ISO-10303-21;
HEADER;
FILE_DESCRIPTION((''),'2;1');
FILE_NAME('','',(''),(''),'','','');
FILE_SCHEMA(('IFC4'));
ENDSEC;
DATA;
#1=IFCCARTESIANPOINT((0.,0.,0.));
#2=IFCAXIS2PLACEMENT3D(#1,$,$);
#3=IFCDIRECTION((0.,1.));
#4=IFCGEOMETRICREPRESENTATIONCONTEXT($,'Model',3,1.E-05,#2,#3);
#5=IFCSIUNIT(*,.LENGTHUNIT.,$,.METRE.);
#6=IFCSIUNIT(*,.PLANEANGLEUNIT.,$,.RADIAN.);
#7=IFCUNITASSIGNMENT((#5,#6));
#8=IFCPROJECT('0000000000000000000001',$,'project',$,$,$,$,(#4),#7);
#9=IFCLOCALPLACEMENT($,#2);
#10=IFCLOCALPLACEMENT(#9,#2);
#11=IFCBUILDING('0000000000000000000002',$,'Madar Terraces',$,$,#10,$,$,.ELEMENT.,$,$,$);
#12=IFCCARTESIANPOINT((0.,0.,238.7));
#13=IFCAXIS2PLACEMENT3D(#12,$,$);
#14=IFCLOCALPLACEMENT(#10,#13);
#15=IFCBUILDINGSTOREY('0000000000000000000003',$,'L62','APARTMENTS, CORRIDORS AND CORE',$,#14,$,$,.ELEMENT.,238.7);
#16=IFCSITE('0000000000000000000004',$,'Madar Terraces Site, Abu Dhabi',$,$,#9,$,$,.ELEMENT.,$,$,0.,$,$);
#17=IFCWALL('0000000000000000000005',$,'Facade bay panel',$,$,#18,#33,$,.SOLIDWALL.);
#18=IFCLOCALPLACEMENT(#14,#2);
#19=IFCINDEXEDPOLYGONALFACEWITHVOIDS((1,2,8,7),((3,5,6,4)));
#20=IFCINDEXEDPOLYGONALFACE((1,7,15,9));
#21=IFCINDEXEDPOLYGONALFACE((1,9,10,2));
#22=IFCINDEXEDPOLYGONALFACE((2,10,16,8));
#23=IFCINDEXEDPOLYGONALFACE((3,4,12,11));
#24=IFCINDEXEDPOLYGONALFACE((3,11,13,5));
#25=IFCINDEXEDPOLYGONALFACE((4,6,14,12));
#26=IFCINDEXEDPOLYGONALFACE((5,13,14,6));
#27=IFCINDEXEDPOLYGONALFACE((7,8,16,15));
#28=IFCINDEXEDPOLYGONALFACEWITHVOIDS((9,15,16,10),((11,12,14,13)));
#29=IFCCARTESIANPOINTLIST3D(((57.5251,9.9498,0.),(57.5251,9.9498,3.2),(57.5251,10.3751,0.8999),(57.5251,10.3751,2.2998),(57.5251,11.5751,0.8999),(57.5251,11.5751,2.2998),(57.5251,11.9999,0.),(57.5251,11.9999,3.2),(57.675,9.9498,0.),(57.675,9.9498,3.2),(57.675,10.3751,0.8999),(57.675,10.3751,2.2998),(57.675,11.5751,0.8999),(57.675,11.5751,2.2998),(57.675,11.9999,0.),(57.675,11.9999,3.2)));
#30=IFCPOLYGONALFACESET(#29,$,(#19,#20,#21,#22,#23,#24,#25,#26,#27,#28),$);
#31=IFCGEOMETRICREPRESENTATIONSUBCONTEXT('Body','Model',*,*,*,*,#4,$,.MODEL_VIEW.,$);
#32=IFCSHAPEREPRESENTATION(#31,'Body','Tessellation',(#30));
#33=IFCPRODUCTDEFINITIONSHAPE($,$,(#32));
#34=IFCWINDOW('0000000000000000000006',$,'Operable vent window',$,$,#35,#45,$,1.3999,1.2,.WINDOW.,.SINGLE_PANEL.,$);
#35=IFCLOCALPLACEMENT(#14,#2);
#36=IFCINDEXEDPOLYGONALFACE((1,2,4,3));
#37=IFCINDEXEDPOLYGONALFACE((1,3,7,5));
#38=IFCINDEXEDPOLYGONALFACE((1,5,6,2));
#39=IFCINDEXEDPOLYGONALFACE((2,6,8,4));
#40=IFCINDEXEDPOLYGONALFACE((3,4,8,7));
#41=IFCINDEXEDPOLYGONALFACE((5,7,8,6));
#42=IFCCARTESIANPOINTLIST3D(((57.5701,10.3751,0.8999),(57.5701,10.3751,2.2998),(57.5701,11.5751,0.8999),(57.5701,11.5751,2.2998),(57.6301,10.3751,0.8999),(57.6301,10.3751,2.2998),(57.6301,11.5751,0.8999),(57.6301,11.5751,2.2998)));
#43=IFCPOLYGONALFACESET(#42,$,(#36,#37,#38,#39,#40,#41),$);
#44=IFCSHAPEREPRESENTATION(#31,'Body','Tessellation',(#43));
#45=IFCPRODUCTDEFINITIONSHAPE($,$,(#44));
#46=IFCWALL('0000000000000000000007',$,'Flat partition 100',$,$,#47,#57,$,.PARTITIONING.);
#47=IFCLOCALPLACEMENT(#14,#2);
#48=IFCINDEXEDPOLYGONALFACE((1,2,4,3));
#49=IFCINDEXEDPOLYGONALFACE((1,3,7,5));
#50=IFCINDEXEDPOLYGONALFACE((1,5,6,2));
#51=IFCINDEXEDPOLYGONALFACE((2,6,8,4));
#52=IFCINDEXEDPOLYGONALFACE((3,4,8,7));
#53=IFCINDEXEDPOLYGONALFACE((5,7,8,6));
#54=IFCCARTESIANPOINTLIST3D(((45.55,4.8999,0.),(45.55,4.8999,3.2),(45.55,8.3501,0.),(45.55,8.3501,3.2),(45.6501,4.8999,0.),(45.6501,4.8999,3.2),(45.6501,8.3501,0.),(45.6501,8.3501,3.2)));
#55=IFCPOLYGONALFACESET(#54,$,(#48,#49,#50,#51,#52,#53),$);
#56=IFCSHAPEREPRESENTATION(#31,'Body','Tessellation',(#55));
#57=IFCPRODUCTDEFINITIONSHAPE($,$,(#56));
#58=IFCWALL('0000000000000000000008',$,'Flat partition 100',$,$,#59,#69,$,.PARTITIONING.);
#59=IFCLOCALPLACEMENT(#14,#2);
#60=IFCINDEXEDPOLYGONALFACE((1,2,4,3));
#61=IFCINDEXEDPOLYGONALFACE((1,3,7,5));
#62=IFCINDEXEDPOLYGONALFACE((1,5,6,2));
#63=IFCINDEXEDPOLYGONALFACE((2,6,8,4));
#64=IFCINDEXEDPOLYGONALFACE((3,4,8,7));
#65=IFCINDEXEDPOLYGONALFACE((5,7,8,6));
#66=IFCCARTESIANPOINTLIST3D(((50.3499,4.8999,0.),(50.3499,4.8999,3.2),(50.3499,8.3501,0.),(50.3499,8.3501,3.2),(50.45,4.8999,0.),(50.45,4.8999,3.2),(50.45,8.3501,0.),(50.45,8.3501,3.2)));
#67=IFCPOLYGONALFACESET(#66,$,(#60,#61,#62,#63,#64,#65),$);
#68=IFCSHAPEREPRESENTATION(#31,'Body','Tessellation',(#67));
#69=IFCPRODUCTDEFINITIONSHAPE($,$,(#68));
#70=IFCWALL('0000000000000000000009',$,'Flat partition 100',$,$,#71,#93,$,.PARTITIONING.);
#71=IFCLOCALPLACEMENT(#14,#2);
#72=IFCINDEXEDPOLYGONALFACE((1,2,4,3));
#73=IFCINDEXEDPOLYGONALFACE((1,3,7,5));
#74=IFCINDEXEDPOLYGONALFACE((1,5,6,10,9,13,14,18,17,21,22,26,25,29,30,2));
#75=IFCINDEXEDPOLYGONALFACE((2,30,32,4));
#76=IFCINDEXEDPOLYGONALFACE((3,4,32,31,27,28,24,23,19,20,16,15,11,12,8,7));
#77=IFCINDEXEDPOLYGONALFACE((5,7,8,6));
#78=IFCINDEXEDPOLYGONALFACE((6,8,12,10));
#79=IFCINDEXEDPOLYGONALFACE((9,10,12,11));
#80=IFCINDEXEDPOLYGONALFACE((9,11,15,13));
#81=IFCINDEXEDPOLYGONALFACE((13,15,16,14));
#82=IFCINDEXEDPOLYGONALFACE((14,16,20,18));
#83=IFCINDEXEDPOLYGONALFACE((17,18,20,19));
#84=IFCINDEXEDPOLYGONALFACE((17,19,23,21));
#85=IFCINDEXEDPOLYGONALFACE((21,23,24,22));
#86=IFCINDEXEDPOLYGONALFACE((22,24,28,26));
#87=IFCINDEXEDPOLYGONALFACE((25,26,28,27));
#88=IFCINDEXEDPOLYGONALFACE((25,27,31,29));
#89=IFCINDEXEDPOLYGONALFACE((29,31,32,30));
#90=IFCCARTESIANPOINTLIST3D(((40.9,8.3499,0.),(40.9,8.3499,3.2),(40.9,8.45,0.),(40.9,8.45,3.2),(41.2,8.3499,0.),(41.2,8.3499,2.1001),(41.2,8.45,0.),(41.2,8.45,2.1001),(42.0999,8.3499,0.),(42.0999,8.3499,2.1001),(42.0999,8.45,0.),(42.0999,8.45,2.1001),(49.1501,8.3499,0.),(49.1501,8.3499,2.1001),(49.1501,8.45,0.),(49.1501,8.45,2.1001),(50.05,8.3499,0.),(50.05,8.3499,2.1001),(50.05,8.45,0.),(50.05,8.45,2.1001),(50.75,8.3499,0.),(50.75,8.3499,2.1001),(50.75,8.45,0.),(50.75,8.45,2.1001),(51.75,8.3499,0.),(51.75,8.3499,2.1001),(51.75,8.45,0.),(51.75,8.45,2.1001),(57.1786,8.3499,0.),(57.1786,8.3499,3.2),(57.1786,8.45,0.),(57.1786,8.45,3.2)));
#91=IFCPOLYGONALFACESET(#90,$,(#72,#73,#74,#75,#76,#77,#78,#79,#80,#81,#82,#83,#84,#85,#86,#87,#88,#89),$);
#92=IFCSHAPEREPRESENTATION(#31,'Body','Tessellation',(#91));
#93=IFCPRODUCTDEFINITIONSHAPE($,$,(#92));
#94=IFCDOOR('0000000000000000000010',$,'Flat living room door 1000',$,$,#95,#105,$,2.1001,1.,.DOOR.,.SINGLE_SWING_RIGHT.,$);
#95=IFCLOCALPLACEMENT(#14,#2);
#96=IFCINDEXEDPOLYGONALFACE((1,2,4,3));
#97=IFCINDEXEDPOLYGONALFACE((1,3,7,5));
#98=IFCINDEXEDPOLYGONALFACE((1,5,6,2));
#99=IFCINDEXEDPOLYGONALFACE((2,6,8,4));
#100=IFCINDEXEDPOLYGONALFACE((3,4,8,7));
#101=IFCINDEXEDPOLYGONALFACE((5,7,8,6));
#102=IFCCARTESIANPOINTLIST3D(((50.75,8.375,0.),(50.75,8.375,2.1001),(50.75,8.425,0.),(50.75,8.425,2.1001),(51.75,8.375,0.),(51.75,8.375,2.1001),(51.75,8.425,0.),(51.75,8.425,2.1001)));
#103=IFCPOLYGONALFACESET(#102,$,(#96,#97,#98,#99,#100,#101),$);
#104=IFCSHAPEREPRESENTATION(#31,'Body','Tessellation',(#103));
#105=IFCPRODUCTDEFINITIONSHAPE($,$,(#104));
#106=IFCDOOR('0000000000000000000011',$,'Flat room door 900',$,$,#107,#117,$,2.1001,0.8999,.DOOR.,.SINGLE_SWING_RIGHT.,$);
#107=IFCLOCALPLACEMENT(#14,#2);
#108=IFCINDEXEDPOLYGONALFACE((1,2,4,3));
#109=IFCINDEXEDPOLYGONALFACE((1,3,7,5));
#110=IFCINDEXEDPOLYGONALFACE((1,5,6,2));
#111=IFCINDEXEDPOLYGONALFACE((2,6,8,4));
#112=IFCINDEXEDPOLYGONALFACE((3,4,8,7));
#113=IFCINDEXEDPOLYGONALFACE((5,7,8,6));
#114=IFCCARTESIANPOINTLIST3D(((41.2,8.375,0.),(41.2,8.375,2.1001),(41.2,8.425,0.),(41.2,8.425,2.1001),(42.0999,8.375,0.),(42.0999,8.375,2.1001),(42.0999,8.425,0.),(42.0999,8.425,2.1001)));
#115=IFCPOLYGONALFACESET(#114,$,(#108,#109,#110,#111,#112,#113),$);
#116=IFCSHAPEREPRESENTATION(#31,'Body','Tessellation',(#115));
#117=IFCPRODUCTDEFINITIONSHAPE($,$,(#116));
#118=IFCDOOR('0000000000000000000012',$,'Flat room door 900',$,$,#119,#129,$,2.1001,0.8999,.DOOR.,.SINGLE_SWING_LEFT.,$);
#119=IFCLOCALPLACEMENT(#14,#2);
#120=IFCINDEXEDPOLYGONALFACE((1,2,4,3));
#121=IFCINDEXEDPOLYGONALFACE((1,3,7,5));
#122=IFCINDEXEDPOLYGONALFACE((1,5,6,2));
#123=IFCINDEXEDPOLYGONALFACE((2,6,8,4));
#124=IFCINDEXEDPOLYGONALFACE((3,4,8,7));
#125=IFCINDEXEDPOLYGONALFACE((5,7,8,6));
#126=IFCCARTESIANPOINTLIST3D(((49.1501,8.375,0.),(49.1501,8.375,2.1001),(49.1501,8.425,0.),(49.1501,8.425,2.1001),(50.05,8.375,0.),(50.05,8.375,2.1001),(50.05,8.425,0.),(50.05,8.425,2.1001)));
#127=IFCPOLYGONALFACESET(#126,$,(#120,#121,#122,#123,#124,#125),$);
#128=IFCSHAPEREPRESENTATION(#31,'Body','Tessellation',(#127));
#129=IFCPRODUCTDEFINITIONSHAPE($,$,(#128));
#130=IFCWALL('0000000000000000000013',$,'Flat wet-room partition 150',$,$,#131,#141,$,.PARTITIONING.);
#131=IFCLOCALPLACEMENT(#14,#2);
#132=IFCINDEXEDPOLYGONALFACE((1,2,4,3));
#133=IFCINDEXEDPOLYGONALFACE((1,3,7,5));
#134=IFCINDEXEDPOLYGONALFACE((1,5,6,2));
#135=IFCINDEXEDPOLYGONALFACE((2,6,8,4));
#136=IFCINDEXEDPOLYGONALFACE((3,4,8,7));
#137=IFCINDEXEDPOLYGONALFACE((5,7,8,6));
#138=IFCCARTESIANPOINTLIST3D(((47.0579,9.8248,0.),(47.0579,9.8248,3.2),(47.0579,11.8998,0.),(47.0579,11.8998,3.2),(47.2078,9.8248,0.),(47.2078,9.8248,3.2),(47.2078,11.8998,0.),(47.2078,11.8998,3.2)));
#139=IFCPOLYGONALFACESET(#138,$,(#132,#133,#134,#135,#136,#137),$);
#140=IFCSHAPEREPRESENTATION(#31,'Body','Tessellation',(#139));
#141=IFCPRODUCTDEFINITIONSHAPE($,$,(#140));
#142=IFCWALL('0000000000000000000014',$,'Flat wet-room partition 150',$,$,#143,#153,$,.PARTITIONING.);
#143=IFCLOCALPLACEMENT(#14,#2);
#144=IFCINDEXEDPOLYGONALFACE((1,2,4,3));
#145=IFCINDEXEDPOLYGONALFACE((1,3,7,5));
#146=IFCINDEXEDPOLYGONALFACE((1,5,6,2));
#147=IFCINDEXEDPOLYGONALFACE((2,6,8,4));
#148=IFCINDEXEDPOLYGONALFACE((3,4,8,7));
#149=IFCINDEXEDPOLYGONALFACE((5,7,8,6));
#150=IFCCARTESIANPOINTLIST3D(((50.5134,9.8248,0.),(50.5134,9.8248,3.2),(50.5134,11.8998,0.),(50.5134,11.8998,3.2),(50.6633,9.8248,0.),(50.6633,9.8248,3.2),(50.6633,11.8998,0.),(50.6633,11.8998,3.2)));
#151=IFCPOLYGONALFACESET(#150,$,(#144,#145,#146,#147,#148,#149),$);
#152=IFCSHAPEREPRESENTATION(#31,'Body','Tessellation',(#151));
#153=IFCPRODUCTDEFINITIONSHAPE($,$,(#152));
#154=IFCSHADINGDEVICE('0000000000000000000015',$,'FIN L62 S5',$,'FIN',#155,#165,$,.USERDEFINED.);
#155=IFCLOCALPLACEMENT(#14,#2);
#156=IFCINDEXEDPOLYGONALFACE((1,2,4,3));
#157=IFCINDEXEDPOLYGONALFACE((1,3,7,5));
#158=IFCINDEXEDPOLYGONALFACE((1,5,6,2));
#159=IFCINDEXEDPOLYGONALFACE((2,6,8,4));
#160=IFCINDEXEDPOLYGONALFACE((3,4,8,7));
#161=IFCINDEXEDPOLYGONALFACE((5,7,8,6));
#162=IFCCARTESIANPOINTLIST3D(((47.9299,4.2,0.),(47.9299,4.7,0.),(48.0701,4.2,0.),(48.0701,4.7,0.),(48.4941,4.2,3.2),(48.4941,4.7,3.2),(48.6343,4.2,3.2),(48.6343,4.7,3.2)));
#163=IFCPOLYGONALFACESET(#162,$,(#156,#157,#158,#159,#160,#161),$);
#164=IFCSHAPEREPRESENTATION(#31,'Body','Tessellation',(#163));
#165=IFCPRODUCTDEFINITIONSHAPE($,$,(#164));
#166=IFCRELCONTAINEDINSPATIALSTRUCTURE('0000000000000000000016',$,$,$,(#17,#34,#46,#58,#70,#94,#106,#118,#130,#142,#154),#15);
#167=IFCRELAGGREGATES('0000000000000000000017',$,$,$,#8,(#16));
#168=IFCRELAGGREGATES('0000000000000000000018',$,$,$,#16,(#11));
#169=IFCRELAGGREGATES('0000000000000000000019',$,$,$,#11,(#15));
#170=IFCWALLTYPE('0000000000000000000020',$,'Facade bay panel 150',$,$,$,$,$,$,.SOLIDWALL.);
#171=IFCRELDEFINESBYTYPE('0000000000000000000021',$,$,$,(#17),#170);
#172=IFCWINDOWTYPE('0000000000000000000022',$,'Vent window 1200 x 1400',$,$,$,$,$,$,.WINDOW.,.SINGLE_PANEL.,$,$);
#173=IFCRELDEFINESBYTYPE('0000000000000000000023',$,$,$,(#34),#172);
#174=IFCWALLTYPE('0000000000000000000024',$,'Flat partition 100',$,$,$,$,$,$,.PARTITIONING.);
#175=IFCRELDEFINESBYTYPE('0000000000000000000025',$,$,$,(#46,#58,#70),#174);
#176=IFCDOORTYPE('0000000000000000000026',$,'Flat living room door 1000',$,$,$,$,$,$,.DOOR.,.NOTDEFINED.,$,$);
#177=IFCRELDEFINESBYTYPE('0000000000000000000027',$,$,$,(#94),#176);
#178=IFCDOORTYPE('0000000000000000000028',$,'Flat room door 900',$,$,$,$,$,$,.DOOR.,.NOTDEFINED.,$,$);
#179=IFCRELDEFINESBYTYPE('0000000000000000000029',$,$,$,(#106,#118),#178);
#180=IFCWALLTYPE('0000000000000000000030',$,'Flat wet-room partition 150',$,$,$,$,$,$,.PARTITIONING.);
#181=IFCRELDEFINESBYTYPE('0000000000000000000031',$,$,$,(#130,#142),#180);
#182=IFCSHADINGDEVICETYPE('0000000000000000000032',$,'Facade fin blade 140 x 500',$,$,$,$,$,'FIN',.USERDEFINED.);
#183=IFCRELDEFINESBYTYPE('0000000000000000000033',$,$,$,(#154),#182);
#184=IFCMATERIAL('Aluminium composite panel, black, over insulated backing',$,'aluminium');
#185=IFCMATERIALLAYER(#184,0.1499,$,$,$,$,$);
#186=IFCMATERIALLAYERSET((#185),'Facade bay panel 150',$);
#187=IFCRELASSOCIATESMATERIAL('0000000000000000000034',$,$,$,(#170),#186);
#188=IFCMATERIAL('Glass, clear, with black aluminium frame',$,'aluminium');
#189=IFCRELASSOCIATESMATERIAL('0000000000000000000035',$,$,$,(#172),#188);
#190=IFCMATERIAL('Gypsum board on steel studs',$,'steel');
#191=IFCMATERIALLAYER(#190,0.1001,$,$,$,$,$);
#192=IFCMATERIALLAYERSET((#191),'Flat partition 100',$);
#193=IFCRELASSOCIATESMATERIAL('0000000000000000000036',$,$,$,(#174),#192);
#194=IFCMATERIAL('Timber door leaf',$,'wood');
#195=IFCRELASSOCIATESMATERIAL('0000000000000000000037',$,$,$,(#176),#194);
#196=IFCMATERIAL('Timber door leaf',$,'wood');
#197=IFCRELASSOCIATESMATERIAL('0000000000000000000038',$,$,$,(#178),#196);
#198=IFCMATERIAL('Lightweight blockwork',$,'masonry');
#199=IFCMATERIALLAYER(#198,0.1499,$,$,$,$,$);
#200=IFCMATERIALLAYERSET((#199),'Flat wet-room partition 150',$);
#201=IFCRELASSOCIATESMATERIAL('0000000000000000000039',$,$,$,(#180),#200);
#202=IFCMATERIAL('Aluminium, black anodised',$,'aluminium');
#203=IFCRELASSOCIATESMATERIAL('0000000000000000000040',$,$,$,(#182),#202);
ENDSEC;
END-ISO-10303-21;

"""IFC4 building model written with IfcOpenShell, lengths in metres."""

from ifc_helpers import new_model, si_unit, direction, frame, frame_2d, origin, place, context, subcontext, project, spatial, polyline, rectangle, outline, extrude, material, layer, layer_set, type_object, element, fill, save


model = new_model("IFC4")

# Units and contexts
model_context = context("Model", 3, precision=1e-05, world=origin(), true_north=direction((0.0, 1.0)))
body_context = subcontext(model_context, "Body", "Model", "MODEL_VIEW")
ifc_project = project(units=[si_unit("LENGTHUNIT", "METRE"), si_unit("PLANEANGLEUNIT", "RADIAN")], contexts=[model_context])

# Site, building, storey
site_placement = place(None, origin())
site = spatial("IfcSite", under=ifc_project, at=site_placement, Name="Madar Terraces Site, Abu Dhabi", CompositionType="ELEMENT", RefElevation=0.0)
building_placement = place(site_placement, origin())
building = spatial("IfcBuilding", under=site, at=building_placement, Name="Madar Terraces", CompositionType="ELEMENT")
storey_placement = place(building_placement, frame((0.0, 0.0, 238.7)))
storey = spatial("IfcBuildingStorey", under=building, at=storey_placement, Name="L62", Description="APARTMENTS, CORRIDORS AND CORE", CompositionType="ELEMENT", Elevation=238.7)

# Wall, opening, window
ifc_material_1 = material(Name="Aluminium composite panel, black, over insulated backing", Category="aluminium")
ifc_layer_1 = layer(ifc_material_1, 0.1499)
ifc_layer_set_1 = layer_set([ifc_layer_1], Name="Facade bay panel 150")
wall_type_1 = type_object("IfcWallType", Name="Facade bay panel 150", PredefinedType="SOLIDWALL", material=ifc_layer_set_1)
wall_1_placement = place(storey_placement, frame((57.6001, 9.95, 0.0), z_axis=(0.0, 0.0, 1.0), x_axis=(0.0, 1.0, 0.0)))
wall_1 = element("IfcWall", 1, at=wall_1_placement, inside=storey, type_object=wall_type_1, Name="Facade bay panel", PredefinedType="SOLIDWALL", context=body_context, shape_type="SweptSolid", body=[
    extrude(rectangle(XDim=2.05, YDim=0.1499, at=frame_2d((1.0249, 0.0))), origin(), (0.0, 0.0, 1.0), 3.2),
])
opening_1_placement = place(wall_1_placement, frame((0.425, 0.0, 0.8999)))
opening_1 = element("IfcOpeningElement", 2, at=opening_1_placement, cuts=wall_1, PredefinedType="OPENING", context=body_context, shape_type="SweptSolid", body=[
    extrude(rectangle(XDim=1.2, YDim=1.3999, at=frame_2d((0.6001, 0.7))), frame((0.0, 0.085, 0.0), z_axis=(0.0, -1.0, 0.0), x_axis=(1.0, 0.0, 0.0)), (0.0, 0.0, 1.0), 0.1699),
])
ifc_material_2 = material(Name="Glass, clear, with black aluminium frame", Category="aluminium")
window_type = type_object("IfcWindowType", Name="Vent window 1200 x 1400", PartitioningType="SINGLE_PANEL", PredefinedType="WINDOW", material=ifc_material_2)
window_placement = place(opening_1_placement, origin())
window = element("IfcWindow", 3, at=window_placement, inside=storey, type_object=window_type, Name="Operable vent window", OverallHeight=1.3999, OverallWidth=1.2, PartitioningType="SINGLE_PANEL", PredefinedType="WINDOW", context=body_context, shape_type="SweptSolid", body=[
    extrude(rectangle(XDim=1.2, YDim=1.3999, at=frame_2d((0.6001, 0.7))), frame((0.0, 0.03, 0.0), z_axis=(0.0, -1.0, 0.0), x_axis=(1.0, 0.0, 0.0)), (0.0, 0.0, 1.0), 0.0601),
])
fill(opening_1, window)

# Walls
ifc_material_3 = material(Name="Gypsum board on steel studs", Category="steel")
ifc_layer_2 = layer(ifc_material_3, 0.1001)
ifc_layer_set_2 = layer_set([ifc_layer_2], Name="Flat partition 100")
wall_type_2 = type_object("IfcWallType", Name="Flat partition 100", PredefinedType="PARTITIONING", material=ifc_layer_set_2)
for number, where, z_axis, x_axis, name in (
    (4, (45.6001, 8.3501, 0.0), (0.0, 0.0, 1.0), (0.0, -1.0, 0.0), "Flat partition 100"),
    (5, (50.3999, 8.3501, 0.0), (0.0, 0.0, 1.0), (0.0, -1.0, 0.0), "Flat partition 100"),
):
    element("IfcWall", number, at=place(storey_placement, frame(where, z_axis=z_axis, x_axis=x_axis)), inside=storey, type_object=wall_type_2, Name=name, PredefinedType="PARTITIONING", context=body_context, shape_type="SweptSolid", body=[
        extrude(rectangle(XDim=3.4502, YDim=0.1001, at=frame_2d((1.7251, 0.0))), origin(), (0.0, 0.0, 1.0), 3.2),
    ])

# Wall, openings, doors
wall_2_placement = place(storey_placement, frame((57.1785, 8.3999, 0.0), z_axis=(0.0, 0.0, 1.0), x_axis=(-1.0, 0.0, 0.0)))
wall_2 = element("IfcWall", 6, at=wall_2_placement, inside=storey, type_object=wall_type_2, Name="Flat partition 100", PredefinedType="PARTITIONING", context=body_context, shape_type="SweptSolid", body=[
    extrude(rectangle(XDim=16.2786, YDim=0.1001, at=frame_2d((8.1392, 0.0))), origin(), (0.0, 0.0, 1.0), 3.2),
])
opening_2_placement = place(wall_2_placement, frame((15.0786, 0.0, 0.0)))
opening_2 = element("IfcOpeningElement", 7, at=opening_2_placement, cuts=wall_2, PredefinedType="OPENING", context=body_context, shape_type="SweptSolid", body=[
    extrude(rectangle(XDim=0.8999, YDim=2.1001, at=frame_2d((0.45, 1.05))), frame((0.0, 0.0601, 0.0), z_axis=(0.0, -1.0, 0.0), x_axis=(1.0, 0.0, 0.0)), (0.0, 0.0, 1.0), 0.1201),
])
opening_3_placement = place(wall_2_placement, frame((7.1284, 0.0, 0.0)))
opening_3 = element("IfcOpeningElement", 8, at=opening_3_placement, cuts=wall_2, PredefinedType="OPENING", context=body_context, shape_type="SweptSolid", body=[
    extrude(rectangle(XDim=0.8999, YDim=2.1001, at=frame_2d((0.45, 1.05))), frame((0.0, 0.0601, 0.0), z_axis=(0.0, -1.0, 0.0), x_axis=(1.0, 0.0, 0.0)), (0.0, 0.0, 1.0), 0.1201),
])
opening_4_placement = place(wall_2_placement, frame((5.4285, 0.0, 0.0)))
opening_4 = element("IfcOpeningElement", 9, at=opening_4_placement, cuts=wall_2, PredefinedType="OPENING", context=body_context, shape_type="SweptSolid", body=[
    extrude(rectangle(XDim=1.0, YDim=2.1001, at=frame_2d((0.5, 1.05))), frame((0.0, 0.0601, 0.0), z_axis=(0.0, -1.0, 0.0), x_axis=(1.0, 0.0, 0.0)), (0.0, 0.0, 1.0), 0.1201),
])
ifc_material_4 = material(Name="Timber door leaf", Category="wood")
door_type_1 = type_object("IfcDoorType", Name="Flat living room door 1000", OperationType="NOTDEFINED", PredefinedType="DOOR", material=ifc_material_4)
door_1_placement = place(opening_4_placement, origin())
door_1 = element("IfcDoor", 10, at=door_1_placement, inside=storey, type_object=door_type_1, Name="Flat living room door 1000", OperationType="SINGLE_SWING_RIGHT", OverallHeight=2.1001, OverallWidth=1.0, PredefinedType="DOOR", context=body_context, shape_type="SweptSolid", body=[
    extrude(rectangle(XDim=1.0, YDim=2.1001, at=frame_2d((0.5, 1.05))), frame((0.0, 0.0249, 0.0), z_axis=(0.0, -1.0, 0.0), x_axis=(1.0, 0.0, 0.0)), (0.0, 0.0, 1.0), 0.05),
])
fill(opening_4, door_1)
ifc_material_5 = material(Name="Timber door leaf", Category="wood")
door_type_2 = type_object("IfcDoorType", Name="Flat room door 900", OperationType="NOTDEFINED", PredefinedType="DOOR", material=ifc_material_5)
door_2_placement = place(opening_2_placement, origin())
door_2 = element("IfcDoor", 11, at=door_2_placement, inside=storey, type_object=door_type_2, Name="Flat room door 900", OperationType="SINGLE_SWING_RIGHT", OverallHeight=2.1001, OverallWidth=0.8999, PredefinedType="DOOR", context=body_context, shape_type="SweptSolid", body=[
    extrude(rectangle(XDim=0.8999, YDim=2.1001, at=frame_2d((0.45, 1.05))), frame((0.0, 0.0249, 0.0), z_axis=(0.0, -1.0, 0.0), x_axis=(1.0, 0.0, 0.0)), (0.0, 0.0, 1.0), 0.05),
])
fill(opening_2, door_2)
door_3_placement = place(opening_3_placement, origin())
door_3 = element("IfcDoor", 12, at=door_3_placement, inside=storey, type_object=door_type_2, Name="Flat room door 900", OperationType="SINGLE_SWING_LEFT", OverallHeight=2.1001, OverallWidth=0.8999, PredefinedType="DOOR", context=body_context, shape_type="SweptSolid", body=[
    extrude(rectangle(XDim=0.8999, YDim=2.1001, at=frame_2d((0.45, 1.05))), frame((0.0, 0.0249, 0.0), z_axis=(0.0, -1.0, 0.0), x_axis=(1.0, 0.0, 0.0)), (0.0, 0.0, 1.0), 0.05),
])
fill(opening_3, door_3)

# Walls
ifc_material_6 = material(Name="Lightweight blockwork", Category="masonry")
ifc_layer_3 = layer(ifc_material_6, 0.1499)
ifc_layer_set_3 = layer_set([ifc_layer_3], Name="Flat wet-room partition 150")
wall_type_3 = type_object("IfcWallType", Name="Flat wet-room partition 150", PredefinedType="PARTITIONING", material=ifc_layer_set_3)
for number, where, z_axis, x_axis, name in (
    (13, (47.1328, 11.8999, 0.0), (0.0, 0.0, 1.0), (0.0, -1.0, 0.0), "Flat wet-room partition 150"),
    (14, (50.5884, 11.8999, 0.0), (0.0, 0.0, 1.0), (0.0, -1.0, 0.0), "Flat wet-room partition 150"),
):
    element("IfcWall", number, at=place(storey_placement, frame(where, z_axis=z_axis, x_axis=x_axis)), inside=storey, type_object=wall_type_3, Name=name, PredefinedType="PARTITIONING", context=body_context, shape_type="SweptSolid", body=[
        extrude(rectangle(XDim=2.075, YDim=0.1499, at=frame_2d((1.0376, 0.0))), origin(), (0.0, 0.0, 1.0), 3.2),
    ])

# Shading device
ifc_material_7 = material(Name="Aluminium, black anodised", Category="aluminium")
shading_device_type = type_object("IfcShadingDeviceType", Name="Facade fin blade 140 x 500", ElementType="FIN", PredefinedType="USERDEFINED", material=ifc_material_7)
shading_device_1_placement = place(storey_placement, frame((47.9299, 4.45, 0.0), z_axis=(0.0, 0.0, 1.0), x_axis=(1.0, 0.0, 0.0)))
element("IfcShadingDevice", 15, at=shading_device_1_placement, inside=storey, type_object=shading_device_type, Name="FIN L62 S5", ObjectType="FIN", PredefinedType="USERDEFINED", context=body_context, shape_type="SweptSolid", body=[
    extrude(outline(polyline([(0.0, 0.0), (0.1401, 0.0), (0.7043, 3.2), (0.5642, 3.2), (0.0, 0.0)])), frame((0.0, 0.25, 0.0), z_axis=(0.0, -1.0, 0.0), x_axis=(1.0, 0.0, 0.0)), (0.0, 0.0, 1.0), 0.5),
])

save(model, "model.ifc")
